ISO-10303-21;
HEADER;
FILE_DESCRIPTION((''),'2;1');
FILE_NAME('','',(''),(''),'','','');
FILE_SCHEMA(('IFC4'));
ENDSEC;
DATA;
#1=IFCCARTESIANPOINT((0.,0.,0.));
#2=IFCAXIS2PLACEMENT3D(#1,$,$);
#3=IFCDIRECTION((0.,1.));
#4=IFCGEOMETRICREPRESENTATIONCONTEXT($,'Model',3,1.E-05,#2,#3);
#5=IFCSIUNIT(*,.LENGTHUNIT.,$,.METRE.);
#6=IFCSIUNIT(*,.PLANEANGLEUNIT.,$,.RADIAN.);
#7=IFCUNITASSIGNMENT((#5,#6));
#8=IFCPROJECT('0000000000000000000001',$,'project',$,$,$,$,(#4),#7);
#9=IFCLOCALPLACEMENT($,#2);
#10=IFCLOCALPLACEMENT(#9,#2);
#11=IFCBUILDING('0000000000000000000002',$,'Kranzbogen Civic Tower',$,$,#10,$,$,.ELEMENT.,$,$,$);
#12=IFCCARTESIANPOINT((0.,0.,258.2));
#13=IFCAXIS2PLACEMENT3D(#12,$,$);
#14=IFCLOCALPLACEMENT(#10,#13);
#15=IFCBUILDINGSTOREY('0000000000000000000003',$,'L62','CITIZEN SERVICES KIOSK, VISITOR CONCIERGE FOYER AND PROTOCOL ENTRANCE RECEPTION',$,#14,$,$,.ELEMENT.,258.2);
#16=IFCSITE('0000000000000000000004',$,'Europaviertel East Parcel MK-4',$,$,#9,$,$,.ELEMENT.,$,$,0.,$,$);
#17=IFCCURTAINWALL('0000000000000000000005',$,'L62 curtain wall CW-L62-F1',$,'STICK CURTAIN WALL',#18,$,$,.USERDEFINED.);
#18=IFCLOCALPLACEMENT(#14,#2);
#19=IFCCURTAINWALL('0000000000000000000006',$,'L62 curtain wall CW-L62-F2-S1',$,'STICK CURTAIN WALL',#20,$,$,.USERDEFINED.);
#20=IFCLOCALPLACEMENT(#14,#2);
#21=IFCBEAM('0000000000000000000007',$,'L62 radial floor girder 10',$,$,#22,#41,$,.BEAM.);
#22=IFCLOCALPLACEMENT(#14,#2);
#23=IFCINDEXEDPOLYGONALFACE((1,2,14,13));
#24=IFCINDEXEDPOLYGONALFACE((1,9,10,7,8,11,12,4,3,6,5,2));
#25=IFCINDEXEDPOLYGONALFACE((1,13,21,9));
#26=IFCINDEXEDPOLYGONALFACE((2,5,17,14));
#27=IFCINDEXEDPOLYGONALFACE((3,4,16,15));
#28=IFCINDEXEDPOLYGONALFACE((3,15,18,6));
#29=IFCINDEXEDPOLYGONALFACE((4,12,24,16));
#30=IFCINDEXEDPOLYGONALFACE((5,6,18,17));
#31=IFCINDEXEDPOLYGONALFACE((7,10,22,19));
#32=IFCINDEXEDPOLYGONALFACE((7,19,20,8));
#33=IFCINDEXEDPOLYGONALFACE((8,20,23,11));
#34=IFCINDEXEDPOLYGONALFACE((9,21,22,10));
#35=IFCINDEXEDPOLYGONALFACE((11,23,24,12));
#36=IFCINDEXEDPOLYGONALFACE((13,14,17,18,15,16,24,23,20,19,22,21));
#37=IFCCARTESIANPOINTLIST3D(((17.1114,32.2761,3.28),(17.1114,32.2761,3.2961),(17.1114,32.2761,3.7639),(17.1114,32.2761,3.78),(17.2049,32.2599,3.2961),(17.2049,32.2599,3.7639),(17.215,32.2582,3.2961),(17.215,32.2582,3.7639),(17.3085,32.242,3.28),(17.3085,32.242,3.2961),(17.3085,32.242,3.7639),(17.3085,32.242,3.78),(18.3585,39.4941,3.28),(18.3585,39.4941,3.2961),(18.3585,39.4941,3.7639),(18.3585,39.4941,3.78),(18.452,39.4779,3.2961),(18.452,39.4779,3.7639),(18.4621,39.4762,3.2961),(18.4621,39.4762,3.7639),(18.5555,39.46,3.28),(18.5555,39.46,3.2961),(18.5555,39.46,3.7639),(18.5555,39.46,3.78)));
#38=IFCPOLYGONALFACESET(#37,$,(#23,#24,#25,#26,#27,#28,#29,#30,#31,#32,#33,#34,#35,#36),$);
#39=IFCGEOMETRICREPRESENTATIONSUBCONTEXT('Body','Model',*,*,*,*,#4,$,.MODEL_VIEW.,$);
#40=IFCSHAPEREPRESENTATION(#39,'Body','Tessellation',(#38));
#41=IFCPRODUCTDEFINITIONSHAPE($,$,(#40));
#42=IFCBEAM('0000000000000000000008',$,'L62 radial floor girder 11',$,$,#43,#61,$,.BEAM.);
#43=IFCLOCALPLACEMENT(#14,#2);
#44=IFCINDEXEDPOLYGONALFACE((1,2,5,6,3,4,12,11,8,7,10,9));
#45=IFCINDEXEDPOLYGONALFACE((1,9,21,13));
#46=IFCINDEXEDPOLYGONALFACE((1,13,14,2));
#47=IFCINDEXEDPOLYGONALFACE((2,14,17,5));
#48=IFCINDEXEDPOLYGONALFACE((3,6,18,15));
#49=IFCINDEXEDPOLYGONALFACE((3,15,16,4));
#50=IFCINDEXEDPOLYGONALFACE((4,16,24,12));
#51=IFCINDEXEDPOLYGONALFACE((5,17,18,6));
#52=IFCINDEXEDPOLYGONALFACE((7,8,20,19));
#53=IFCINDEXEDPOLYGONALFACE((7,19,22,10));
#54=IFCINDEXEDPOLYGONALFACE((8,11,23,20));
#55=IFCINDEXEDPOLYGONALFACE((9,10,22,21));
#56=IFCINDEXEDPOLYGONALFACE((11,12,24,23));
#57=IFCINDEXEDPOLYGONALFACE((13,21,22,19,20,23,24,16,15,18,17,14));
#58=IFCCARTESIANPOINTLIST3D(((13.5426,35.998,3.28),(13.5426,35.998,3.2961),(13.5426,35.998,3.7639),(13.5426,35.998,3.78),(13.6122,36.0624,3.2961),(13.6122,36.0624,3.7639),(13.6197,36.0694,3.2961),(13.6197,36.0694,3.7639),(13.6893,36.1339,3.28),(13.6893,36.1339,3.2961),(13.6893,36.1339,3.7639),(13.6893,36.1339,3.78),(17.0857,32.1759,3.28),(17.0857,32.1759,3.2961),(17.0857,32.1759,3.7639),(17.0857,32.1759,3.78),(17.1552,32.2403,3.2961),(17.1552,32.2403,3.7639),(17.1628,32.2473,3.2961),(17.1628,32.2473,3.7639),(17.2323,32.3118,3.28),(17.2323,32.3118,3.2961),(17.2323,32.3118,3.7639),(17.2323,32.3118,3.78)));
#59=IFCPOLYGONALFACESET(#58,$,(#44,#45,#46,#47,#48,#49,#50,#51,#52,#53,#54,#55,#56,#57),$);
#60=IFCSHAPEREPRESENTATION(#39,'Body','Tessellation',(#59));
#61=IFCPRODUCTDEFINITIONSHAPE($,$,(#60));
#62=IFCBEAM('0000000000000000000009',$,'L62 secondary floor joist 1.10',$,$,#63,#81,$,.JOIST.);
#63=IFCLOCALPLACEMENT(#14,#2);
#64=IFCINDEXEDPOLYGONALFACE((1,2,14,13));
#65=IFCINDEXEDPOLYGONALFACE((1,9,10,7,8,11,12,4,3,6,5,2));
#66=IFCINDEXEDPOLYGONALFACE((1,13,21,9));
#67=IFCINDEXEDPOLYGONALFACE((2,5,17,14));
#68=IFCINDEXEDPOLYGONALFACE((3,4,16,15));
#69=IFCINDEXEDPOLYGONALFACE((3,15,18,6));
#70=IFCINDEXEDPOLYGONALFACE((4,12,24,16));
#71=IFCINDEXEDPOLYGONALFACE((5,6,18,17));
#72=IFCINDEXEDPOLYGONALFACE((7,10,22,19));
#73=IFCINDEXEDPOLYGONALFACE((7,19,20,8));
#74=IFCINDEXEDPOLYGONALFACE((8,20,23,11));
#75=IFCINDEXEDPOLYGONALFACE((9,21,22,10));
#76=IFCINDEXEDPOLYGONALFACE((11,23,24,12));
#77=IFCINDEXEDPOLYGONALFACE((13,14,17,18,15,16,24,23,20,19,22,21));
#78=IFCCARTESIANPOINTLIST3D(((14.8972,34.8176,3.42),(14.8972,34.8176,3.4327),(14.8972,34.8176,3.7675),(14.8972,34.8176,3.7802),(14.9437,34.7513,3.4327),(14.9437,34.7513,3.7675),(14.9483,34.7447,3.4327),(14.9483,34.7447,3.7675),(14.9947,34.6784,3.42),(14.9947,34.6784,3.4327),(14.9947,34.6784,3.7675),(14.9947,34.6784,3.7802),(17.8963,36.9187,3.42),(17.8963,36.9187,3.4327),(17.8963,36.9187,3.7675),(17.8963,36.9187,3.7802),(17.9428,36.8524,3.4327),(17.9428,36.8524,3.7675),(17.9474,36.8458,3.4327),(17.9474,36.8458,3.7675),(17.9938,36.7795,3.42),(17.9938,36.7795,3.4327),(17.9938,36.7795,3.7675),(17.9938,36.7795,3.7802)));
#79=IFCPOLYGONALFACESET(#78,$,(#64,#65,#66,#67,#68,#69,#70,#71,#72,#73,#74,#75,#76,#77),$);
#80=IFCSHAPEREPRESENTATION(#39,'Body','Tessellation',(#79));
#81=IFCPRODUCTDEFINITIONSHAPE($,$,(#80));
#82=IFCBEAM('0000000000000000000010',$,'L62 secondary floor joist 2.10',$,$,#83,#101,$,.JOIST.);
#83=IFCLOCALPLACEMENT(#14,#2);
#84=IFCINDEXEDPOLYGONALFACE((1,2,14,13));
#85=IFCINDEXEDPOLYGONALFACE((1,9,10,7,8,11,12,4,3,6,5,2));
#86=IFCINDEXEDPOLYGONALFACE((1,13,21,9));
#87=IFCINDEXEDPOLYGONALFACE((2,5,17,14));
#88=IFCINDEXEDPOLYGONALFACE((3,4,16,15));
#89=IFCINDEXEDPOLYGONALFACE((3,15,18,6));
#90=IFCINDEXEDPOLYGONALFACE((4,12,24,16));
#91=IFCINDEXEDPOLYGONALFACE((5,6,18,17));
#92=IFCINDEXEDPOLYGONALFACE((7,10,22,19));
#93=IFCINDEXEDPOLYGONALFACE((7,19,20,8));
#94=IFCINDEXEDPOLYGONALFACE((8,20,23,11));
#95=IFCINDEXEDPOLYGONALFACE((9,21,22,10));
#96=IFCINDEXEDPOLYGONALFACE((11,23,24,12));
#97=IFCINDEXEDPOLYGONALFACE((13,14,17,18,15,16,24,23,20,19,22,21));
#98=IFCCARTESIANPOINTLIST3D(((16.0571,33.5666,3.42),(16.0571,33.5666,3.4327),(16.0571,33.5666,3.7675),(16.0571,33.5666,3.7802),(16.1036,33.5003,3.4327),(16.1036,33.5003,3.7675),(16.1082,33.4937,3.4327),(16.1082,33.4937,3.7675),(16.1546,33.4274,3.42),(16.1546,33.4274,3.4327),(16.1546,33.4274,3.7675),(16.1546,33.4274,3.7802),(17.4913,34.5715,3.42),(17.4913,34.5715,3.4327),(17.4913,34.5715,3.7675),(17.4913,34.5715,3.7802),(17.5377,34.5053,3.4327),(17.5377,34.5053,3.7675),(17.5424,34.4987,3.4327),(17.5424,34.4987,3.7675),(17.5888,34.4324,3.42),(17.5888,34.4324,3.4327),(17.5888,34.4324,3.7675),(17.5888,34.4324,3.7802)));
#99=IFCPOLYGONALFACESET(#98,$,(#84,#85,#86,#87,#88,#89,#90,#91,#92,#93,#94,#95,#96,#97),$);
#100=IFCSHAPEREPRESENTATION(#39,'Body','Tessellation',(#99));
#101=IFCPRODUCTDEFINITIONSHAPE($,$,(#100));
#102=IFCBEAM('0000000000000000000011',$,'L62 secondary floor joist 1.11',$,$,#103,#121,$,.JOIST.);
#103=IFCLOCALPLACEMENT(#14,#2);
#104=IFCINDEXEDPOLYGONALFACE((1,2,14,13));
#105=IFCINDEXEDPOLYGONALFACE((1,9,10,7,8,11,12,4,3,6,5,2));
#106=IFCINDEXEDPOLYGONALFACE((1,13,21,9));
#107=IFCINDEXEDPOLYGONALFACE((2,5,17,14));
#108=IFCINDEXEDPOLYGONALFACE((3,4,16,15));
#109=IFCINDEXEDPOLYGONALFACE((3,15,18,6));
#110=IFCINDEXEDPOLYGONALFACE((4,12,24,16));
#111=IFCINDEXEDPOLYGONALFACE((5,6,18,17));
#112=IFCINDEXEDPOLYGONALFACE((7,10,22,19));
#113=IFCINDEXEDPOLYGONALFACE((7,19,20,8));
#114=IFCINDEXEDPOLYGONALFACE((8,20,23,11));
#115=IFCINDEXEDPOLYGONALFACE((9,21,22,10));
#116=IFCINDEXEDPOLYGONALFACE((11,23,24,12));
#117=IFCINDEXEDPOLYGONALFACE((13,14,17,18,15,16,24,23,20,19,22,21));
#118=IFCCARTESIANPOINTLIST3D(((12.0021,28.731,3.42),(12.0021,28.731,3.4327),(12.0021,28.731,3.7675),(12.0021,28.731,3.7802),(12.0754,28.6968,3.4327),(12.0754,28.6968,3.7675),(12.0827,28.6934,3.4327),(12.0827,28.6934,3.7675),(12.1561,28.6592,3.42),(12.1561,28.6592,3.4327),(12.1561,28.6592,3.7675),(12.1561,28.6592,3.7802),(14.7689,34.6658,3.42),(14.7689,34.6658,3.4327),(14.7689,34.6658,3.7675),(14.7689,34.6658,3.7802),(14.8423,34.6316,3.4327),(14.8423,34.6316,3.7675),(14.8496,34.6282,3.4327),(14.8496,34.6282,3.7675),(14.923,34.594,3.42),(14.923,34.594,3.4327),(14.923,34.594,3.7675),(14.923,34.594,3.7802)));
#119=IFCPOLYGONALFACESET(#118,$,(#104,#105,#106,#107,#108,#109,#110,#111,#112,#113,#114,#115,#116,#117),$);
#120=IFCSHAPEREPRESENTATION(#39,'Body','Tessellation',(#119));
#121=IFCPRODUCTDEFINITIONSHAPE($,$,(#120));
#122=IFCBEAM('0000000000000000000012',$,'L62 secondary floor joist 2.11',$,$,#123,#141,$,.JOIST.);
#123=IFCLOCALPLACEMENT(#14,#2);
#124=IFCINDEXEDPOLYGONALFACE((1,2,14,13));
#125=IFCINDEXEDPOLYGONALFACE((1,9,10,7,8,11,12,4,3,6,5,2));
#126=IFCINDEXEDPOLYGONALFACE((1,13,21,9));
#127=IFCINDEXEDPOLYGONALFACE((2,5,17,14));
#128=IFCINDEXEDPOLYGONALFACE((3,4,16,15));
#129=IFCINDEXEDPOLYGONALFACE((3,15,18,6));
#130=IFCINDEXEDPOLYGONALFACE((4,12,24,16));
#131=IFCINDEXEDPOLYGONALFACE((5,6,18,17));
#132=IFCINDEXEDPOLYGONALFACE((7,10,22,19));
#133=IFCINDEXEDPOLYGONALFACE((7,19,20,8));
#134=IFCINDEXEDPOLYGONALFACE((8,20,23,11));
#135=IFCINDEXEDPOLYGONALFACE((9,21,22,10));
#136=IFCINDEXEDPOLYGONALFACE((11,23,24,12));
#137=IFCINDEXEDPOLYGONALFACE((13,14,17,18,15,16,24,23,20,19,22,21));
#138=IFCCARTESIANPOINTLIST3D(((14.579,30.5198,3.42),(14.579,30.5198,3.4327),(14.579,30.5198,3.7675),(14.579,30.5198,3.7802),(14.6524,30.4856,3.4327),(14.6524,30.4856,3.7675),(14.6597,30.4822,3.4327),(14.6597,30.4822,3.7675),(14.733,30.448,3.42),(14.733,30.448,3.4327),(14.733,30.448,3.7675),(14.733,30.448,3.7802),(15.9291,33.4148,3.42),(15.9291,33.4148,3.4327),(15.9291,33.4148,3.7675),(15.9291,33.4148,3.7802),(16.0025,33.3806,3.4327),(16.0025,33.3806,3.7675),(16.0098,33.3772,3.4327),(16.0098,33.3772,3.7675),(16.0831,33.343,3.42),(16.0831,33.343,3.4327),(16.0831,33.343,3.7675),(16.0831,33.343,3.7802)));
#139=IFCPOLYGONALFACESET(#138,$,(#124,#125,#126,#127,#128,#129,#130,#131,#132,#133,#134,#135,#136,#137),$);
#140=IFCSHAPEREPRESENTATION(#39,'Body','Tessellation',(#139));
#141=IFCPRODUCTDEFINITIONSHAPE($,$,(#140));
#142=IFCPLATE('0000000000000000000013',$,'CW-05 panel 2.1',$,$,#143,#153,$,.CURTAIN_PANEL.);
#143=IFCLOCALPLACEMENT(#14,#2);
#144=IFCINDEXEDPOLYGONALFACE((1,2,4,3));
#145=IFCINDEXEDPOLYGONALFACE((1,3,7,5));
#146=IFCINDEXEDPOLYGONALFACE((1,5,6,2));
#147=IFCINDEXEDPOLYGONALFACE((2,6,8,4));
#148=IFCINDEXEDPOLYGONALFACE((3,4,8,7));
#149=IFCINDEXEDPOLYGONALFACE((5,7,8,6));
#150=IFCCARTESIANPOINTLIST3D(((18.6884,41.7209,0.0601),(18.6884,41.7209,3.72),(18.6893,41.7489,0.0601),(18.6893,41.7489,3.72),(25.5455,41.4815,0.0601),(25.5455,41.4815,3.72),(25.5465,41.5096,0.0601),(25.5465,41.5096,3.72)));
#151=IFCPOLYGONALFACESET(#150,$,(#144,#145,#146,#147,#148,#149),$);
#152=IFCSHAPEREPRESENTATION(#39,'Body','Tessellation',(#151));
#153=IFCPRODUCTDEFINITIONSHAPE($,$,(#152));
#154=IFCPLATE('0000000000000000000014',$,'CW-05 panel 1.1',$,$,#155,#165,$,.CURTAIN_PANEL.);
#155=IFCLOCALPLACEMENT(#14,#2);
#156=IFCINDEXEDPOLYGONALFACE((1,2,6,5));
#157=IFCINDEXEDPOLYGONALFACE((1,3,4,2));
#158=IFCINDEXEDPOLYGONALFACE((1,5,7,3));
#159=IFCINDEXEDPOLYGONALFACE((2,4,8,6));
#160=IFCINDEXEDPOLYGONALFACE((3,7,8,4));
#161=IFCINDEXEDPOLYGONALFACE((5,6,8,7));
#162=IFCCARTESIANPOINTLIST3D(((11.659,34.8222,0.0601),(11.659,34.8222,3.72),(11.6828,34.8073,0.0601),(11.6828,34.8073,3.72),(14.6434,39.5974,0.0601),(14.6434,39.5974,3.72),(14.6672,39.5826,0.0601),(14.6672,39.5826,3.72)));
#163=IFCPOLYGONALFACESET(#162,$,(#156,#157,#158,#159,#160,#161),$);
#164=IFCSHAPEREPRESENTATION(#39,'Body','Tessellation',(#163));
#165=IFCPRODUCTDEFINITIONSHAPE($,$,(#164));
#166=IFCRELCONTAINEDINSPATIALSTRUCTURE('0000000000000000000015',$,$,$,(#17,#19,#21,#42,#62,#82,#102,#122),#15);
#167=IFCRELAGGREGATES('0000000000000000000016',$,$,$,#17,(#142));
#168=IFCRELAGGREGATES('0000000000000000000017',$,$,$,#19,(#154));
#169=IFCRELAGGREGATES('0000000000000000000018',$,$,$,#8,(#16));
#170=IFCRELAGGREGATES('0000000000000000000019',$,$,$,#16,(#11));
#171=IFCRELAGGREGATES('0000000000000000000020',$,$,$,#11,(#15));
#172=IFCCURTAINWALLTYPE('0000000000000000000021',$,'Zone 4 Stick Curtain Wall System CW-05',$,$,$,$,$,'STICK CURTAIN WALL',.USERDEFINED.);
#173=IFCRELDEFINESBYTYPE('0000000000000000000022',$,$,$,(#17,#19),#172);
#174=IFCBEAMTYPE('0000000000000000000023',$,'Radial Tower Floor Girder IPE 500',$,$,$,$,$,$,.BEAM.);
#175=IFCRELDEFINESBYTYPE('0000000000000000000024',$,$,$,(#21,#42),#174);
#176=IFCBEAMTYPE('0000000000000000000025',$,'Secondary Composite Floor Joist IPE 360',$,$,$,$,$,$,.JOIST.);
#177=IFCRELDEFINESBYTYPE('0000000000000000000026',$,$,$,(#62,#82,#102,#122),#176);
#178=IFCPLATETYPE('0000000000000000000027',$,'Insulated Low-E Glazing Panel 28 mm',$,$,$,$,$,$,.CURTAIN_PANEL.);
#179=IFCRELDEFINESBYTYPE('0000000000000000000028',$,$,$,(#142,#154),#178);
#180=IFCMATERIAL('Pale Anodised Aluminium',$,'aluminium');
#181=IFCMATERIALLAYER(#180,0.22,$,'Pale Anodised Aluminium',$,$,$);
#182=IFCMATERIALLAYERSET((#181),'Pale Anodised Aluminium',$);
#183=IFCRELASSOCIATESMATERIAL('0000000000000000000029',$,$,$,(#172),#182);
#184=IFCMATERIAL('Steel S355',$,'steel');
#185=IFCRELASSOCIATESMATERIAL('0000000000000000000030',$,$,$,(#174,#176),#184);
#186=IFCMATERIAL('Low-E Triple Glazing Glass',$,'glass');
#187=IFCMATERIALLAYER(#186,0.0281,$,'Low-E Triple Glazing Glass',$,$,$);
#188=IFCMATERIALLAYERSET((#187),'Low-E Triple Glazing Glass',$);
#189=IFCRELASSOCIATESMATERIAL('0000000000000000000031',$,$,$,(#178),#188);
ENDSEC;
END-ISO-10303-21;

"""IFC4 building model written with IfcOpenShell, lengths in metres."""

from ifc_helpers import new_model, si_unit, direction, frame, origin, origin_2d, place, context, subcontext, project, spatial, rectangle, i_section, extrude, material, layer, layer_set, material_profile, profile_set, type_object, element, aggregate, save


model = new_model("IFC4")

# Units and contexts
model_context = context("Model", 3, precision=1e-05, world=origin(), true_north=direction((0.0, 1.0)))
body_context = subcontext(model_context, "Body", "Model", "MODEL_VIEW")
ifc_project = project(units=[si_unit("LENGTHUNIT", "METRE"), si_unit("PLANEANGLEUNIT", "RADIAN")], contexts=[model_context])

# Site, building, storey
site_placement = place(None, origin())
site = spatial("IfcSite", under=ifc_project, at=site_placement, Name="Europaviertel East Parcel MK-4", CompositionType="ELEMENT", RefElevation=0.0)
building_placement = place(site_placement, origin())
building = spatial("IfcBuilding", under=site, at=building_placement, Name="Kranzbogen Civic Tower", CompositionType="ELEMENT")
storey_placement = place(building_placement, frame((0.0, 0.0, 258.2)))
storey = spatial("IfcBuildingStorey", under=building, at=storey_placement, Name="L62", Description="CITIZEN SERVICES KIOSK, VISITOR CONCIERGE FOYER AND PROTOCOL ENTRANCE RECEPTION", CompositionType="ELEMENT", Elevation=258.2)

# Shared definitions
ifc_material_1 = material(Name="Steel S355", Category="steel")

# Curtain wall
ifc_material_2 = material(Name="Pale Anodised Aluminium", Category="aluminium")
ifc_layer_1 = layer(ifc_material_2, 0.22, Name="Pale Anodised Aluminium")
ifc_layer_set_1 = layer_set([ifc_layer_1], Name="Pale Anodised Aluminium")
curtain_wall_type = type_object("IfcCurtainWallType", Name="Zone 4 Stick Curtain Wall System CW-05", ElementType="STICK CURTAIN WALL", PredefinedType="USERDEFINED", material=ifc_layer_set_1)
curtain_wall_1_placement = place(storey_placement, origin())
curtain_wall_1 = element("IfcCurtainWall", 1, at=curtain_wall_1_placement, inside=storey, type_object=curtain_wall_type, Name="L62 curtain wall CW-L62-F1", ObjectType="STICK CURTAIN WALL", PredefinedType="USERDEFINED")

# Curtain wall
curtain_wall_2_placement = place(storey_placement, origin())
curtain_wall_2 = element("IfcCurtainWall", 2, at=curtain_wall_2_placement, inside=storey, type_object=curtain_wall_type, Name="L62 curtain wall CW-L62-F2-S1", ObjectType="STICK CURTAIN WALL", PredefinedType="USERDEFINED")

# Beams
ifc_material_profile_1 = material_profile(ifc_material_1, i_section(OverallWidth=0.2, OverallDepth=0.5, WebThickness=0.0103, FlangeThickness=0.0161, at=origin_2d()), Name="IPE 500")
ifc_profile_set_1 = profile_set([ifc_material_profile_1], Name="Steel S355")
beam_type_1 = type_object("IfcBeamType", Name="Radial Tower Floor Girder IPE 500", PredefinedType="BEAM", material=ifc_profile_set_1)
beam_1_placement = place(storey_placement, frame((18.457, 39.4771, 3.53), z_axis=(-0.17025, -0.985401, 0.0), x_axis=(0.985401, -0.17025, 0.0)))
element("IfcBeam", 3, at=beam_1_placement, inside=storey, type_object=beam_type_1, Name="L62 radial floor girder 10", PredefinedType="BEAM", context=body_context, shape_type="SweptSolid", body=[
    extrude(i_section(OverallWidth=0.2, OverallDepth=0.5, WebThickness=0.0103, FlangeThickness=0.0161, at=origin_2d()), origin(), (0.0, 0.0, 1.0), 7.325),
])
beam_2_placement = place(storey_placement, frame((13.616, 36.0659, 3.53), z_axis=(0.679827, -0.733372, 0.0), x_axis=(0.733372, 0.679827, 0.0)))
element("IfcBeam", 4, at=beam_2_placement, inside=storey, type_object=beam_type_1, Name="L62 radial floor girder 11", PredefinedType="BEAM", context=body_context, shape_type="SweptSolid", body=[
    extrude(i_section(OverallWidth=0.2, OverallDepth=0.5, WebThickness=0.0103, FlangeThickness=0.0161, at=origin_2d()), origin(), (0.0, 0.0, 1.0), 5.2117),
])
ifc_material_profile_2 = material_profile(ifc_material_1, i_section(OverallWidth=0.1699, OverallDepth=0.3601, WebThickness=0.0081, FlangeThickness=0.0127, at=origin_2d()), Name="IPE 360")
ifc_profile_set_2 = profile_set([ifc_material_profile_2], Name="Steel S355")
beam_type_2 = type_object("IfcBeamType", Name="Secondary Composite Floor Joist IPE 360", PredefinedType="JOIST", material=ifc_profile_set_2)
beam_3_placement = place(storey_placement, frame((17.9451, 36.8491, 3.6001), z_axis=(-0.819006, -0.573784, 0.0), x_axis=(0.573784, -0.819006, 0.0)))
element("IfcBeam", 5, at=beam_3_placement, inside=storey, type_object=beam_type_2, Name="L62 secondary floor joist 1.10", PredefinedType="JOIST", context=body_context, shape_type="SweptSolid", body=[
    extrude(i_section(OverallWidth=0.1699, OverallDepth=0.3601, WebThickness=0.0081, FlangeThickness=0.0127, at=origin_2d()), origin(), (0.0, 0.0, 1.0), 3.6619),
])
beam_4_placement = place(storey_placement, frame((17.54, 34.502, 3.6001), z_axis=(-0.818957, -0.573855, 0.0), x_axis=(0.573855, -0.818957, 0.0)))
element("IfcBeam", 6, at=beam_4_placement, inside=storey, type_object=beam_type_2, Name="L62 secondary floor joist 2.10", PredefinedType="JOIST", context=body_context, shape_type="SweptSolid", body=[
    extrude(i_section(OverallWidth=0.1699, OverallDepth=0.3601, WebThickness=0.0081, FlangeThickness=0.0127, at=origin_2d()), origin(), (0.0, 0.0, 1.0), 1.7512),
])
beam_5_placement = place(storey_placement, frame((14.8459, 34.6299, 3.6001), z_axis=(-0.422543, -0.906343, 0.0), x_axis=(0.906343, -0.422543, 0.0)))
element("IfcBeam", 7, at=beam_5_placement, inside=storey, type_object=beam_type_2, Name="L62 secondary floor joist 1.11", PredefinedType="JOIST", context=body_context, shape_type="SweptSolid", body=[
    extrude(i_section(OverallWidth=0.1699, OverallDepth=0.3601, WebThickness=0.0081, FlangeThickness=0.0127, at=origin_2d()), origin(), (0.0, 0.0, 1.0), 6.5481),
])
beam_6_placement = place(storey_placement, frame((16.0061, 33.3789, 3.6001), z_axis=(-0.422651, -0.906292, 0.0), x_axis=(0.906292, -0.422651, 0.0)))
element("IfcBeam", 8, at=beam_6_placement, inside=storey, type_object=beam_type_2, Name="L62 secondary floor joist 2.11", PredefinedType="JOIST", context=body_context, shape_type="SweptSolid", body=[
    extrude(i_section(OverallWidth=0.1699, OverallDepth=0.3601, WebThickness=0.0081, FlangeThickness=0.0127, at=origin_2d()), origin(), (0.0, 0.0, 1.0), 3.1943),
])

# Plates
ifc_material_3 = material(Name="Low-E Triple Glazing Glass", Category="glass")
ifc_layer_2 = layer(ifc_material_3, 0.0281, Name="Low-E Triple Glazing Glass")
ifc_layer_set_2 = layer_set([ifc_layer_2], Name="Low-E Triple Glazing Glass")
plate_type = type_object("IfcPlateType", Name="Insulated Low-E Glazing Panel 28 mm", PredefinedType="CURTAIN_PANEL", material=ifc_layer_set_2)
plate_1_placement = place(storey_placement, frame((22.1174, 41.6152, 0.0601), z_axis=(0.0, 0.0, 1.0), x_axis=(-0.999391, 0.034886, 0.0)))
plate_1 = element("IfcPlate", 9, at=plate_1_placement, type_object=plate_type, Name="CW-05 panel 2.1", PredefinedType="CURTAIN_PANEL", context=body_context, shape_type="SweptSolid", body=[
    extrude(rectangle(XDim=6.8613, YDim=0.0281, at=origin_2d()), origin(), (0.0, 0.0, 1.0), 3.6599),
])
aggregate(curtain_wall_1, [plate_1])
plate_2_placement = place(storey_placement, frame((13.1631, 37.2024, 0.0601), z_axis=(0.0, 0.0, 1.0), x_axis=(-0.529983, -0.848008, 0.0)))
plate_2 = element("IfcPlate", 10, at=plate_2_placement, type_object=plate_type, Name="CW-05 panel 1.1", PredefinedType="CURTAIN_PANEL", context=body_context, shape_type="SweptSolid", body=[
    extrude(rectangle(XDim=5.6311, YDim=0.0281, at=origin_2d()), origin(), (0.0, 0.0, 1.0), 3.6599),
])
aggregate(curtain_wall_2, [plate_2])

save(model, "model.ifc")
